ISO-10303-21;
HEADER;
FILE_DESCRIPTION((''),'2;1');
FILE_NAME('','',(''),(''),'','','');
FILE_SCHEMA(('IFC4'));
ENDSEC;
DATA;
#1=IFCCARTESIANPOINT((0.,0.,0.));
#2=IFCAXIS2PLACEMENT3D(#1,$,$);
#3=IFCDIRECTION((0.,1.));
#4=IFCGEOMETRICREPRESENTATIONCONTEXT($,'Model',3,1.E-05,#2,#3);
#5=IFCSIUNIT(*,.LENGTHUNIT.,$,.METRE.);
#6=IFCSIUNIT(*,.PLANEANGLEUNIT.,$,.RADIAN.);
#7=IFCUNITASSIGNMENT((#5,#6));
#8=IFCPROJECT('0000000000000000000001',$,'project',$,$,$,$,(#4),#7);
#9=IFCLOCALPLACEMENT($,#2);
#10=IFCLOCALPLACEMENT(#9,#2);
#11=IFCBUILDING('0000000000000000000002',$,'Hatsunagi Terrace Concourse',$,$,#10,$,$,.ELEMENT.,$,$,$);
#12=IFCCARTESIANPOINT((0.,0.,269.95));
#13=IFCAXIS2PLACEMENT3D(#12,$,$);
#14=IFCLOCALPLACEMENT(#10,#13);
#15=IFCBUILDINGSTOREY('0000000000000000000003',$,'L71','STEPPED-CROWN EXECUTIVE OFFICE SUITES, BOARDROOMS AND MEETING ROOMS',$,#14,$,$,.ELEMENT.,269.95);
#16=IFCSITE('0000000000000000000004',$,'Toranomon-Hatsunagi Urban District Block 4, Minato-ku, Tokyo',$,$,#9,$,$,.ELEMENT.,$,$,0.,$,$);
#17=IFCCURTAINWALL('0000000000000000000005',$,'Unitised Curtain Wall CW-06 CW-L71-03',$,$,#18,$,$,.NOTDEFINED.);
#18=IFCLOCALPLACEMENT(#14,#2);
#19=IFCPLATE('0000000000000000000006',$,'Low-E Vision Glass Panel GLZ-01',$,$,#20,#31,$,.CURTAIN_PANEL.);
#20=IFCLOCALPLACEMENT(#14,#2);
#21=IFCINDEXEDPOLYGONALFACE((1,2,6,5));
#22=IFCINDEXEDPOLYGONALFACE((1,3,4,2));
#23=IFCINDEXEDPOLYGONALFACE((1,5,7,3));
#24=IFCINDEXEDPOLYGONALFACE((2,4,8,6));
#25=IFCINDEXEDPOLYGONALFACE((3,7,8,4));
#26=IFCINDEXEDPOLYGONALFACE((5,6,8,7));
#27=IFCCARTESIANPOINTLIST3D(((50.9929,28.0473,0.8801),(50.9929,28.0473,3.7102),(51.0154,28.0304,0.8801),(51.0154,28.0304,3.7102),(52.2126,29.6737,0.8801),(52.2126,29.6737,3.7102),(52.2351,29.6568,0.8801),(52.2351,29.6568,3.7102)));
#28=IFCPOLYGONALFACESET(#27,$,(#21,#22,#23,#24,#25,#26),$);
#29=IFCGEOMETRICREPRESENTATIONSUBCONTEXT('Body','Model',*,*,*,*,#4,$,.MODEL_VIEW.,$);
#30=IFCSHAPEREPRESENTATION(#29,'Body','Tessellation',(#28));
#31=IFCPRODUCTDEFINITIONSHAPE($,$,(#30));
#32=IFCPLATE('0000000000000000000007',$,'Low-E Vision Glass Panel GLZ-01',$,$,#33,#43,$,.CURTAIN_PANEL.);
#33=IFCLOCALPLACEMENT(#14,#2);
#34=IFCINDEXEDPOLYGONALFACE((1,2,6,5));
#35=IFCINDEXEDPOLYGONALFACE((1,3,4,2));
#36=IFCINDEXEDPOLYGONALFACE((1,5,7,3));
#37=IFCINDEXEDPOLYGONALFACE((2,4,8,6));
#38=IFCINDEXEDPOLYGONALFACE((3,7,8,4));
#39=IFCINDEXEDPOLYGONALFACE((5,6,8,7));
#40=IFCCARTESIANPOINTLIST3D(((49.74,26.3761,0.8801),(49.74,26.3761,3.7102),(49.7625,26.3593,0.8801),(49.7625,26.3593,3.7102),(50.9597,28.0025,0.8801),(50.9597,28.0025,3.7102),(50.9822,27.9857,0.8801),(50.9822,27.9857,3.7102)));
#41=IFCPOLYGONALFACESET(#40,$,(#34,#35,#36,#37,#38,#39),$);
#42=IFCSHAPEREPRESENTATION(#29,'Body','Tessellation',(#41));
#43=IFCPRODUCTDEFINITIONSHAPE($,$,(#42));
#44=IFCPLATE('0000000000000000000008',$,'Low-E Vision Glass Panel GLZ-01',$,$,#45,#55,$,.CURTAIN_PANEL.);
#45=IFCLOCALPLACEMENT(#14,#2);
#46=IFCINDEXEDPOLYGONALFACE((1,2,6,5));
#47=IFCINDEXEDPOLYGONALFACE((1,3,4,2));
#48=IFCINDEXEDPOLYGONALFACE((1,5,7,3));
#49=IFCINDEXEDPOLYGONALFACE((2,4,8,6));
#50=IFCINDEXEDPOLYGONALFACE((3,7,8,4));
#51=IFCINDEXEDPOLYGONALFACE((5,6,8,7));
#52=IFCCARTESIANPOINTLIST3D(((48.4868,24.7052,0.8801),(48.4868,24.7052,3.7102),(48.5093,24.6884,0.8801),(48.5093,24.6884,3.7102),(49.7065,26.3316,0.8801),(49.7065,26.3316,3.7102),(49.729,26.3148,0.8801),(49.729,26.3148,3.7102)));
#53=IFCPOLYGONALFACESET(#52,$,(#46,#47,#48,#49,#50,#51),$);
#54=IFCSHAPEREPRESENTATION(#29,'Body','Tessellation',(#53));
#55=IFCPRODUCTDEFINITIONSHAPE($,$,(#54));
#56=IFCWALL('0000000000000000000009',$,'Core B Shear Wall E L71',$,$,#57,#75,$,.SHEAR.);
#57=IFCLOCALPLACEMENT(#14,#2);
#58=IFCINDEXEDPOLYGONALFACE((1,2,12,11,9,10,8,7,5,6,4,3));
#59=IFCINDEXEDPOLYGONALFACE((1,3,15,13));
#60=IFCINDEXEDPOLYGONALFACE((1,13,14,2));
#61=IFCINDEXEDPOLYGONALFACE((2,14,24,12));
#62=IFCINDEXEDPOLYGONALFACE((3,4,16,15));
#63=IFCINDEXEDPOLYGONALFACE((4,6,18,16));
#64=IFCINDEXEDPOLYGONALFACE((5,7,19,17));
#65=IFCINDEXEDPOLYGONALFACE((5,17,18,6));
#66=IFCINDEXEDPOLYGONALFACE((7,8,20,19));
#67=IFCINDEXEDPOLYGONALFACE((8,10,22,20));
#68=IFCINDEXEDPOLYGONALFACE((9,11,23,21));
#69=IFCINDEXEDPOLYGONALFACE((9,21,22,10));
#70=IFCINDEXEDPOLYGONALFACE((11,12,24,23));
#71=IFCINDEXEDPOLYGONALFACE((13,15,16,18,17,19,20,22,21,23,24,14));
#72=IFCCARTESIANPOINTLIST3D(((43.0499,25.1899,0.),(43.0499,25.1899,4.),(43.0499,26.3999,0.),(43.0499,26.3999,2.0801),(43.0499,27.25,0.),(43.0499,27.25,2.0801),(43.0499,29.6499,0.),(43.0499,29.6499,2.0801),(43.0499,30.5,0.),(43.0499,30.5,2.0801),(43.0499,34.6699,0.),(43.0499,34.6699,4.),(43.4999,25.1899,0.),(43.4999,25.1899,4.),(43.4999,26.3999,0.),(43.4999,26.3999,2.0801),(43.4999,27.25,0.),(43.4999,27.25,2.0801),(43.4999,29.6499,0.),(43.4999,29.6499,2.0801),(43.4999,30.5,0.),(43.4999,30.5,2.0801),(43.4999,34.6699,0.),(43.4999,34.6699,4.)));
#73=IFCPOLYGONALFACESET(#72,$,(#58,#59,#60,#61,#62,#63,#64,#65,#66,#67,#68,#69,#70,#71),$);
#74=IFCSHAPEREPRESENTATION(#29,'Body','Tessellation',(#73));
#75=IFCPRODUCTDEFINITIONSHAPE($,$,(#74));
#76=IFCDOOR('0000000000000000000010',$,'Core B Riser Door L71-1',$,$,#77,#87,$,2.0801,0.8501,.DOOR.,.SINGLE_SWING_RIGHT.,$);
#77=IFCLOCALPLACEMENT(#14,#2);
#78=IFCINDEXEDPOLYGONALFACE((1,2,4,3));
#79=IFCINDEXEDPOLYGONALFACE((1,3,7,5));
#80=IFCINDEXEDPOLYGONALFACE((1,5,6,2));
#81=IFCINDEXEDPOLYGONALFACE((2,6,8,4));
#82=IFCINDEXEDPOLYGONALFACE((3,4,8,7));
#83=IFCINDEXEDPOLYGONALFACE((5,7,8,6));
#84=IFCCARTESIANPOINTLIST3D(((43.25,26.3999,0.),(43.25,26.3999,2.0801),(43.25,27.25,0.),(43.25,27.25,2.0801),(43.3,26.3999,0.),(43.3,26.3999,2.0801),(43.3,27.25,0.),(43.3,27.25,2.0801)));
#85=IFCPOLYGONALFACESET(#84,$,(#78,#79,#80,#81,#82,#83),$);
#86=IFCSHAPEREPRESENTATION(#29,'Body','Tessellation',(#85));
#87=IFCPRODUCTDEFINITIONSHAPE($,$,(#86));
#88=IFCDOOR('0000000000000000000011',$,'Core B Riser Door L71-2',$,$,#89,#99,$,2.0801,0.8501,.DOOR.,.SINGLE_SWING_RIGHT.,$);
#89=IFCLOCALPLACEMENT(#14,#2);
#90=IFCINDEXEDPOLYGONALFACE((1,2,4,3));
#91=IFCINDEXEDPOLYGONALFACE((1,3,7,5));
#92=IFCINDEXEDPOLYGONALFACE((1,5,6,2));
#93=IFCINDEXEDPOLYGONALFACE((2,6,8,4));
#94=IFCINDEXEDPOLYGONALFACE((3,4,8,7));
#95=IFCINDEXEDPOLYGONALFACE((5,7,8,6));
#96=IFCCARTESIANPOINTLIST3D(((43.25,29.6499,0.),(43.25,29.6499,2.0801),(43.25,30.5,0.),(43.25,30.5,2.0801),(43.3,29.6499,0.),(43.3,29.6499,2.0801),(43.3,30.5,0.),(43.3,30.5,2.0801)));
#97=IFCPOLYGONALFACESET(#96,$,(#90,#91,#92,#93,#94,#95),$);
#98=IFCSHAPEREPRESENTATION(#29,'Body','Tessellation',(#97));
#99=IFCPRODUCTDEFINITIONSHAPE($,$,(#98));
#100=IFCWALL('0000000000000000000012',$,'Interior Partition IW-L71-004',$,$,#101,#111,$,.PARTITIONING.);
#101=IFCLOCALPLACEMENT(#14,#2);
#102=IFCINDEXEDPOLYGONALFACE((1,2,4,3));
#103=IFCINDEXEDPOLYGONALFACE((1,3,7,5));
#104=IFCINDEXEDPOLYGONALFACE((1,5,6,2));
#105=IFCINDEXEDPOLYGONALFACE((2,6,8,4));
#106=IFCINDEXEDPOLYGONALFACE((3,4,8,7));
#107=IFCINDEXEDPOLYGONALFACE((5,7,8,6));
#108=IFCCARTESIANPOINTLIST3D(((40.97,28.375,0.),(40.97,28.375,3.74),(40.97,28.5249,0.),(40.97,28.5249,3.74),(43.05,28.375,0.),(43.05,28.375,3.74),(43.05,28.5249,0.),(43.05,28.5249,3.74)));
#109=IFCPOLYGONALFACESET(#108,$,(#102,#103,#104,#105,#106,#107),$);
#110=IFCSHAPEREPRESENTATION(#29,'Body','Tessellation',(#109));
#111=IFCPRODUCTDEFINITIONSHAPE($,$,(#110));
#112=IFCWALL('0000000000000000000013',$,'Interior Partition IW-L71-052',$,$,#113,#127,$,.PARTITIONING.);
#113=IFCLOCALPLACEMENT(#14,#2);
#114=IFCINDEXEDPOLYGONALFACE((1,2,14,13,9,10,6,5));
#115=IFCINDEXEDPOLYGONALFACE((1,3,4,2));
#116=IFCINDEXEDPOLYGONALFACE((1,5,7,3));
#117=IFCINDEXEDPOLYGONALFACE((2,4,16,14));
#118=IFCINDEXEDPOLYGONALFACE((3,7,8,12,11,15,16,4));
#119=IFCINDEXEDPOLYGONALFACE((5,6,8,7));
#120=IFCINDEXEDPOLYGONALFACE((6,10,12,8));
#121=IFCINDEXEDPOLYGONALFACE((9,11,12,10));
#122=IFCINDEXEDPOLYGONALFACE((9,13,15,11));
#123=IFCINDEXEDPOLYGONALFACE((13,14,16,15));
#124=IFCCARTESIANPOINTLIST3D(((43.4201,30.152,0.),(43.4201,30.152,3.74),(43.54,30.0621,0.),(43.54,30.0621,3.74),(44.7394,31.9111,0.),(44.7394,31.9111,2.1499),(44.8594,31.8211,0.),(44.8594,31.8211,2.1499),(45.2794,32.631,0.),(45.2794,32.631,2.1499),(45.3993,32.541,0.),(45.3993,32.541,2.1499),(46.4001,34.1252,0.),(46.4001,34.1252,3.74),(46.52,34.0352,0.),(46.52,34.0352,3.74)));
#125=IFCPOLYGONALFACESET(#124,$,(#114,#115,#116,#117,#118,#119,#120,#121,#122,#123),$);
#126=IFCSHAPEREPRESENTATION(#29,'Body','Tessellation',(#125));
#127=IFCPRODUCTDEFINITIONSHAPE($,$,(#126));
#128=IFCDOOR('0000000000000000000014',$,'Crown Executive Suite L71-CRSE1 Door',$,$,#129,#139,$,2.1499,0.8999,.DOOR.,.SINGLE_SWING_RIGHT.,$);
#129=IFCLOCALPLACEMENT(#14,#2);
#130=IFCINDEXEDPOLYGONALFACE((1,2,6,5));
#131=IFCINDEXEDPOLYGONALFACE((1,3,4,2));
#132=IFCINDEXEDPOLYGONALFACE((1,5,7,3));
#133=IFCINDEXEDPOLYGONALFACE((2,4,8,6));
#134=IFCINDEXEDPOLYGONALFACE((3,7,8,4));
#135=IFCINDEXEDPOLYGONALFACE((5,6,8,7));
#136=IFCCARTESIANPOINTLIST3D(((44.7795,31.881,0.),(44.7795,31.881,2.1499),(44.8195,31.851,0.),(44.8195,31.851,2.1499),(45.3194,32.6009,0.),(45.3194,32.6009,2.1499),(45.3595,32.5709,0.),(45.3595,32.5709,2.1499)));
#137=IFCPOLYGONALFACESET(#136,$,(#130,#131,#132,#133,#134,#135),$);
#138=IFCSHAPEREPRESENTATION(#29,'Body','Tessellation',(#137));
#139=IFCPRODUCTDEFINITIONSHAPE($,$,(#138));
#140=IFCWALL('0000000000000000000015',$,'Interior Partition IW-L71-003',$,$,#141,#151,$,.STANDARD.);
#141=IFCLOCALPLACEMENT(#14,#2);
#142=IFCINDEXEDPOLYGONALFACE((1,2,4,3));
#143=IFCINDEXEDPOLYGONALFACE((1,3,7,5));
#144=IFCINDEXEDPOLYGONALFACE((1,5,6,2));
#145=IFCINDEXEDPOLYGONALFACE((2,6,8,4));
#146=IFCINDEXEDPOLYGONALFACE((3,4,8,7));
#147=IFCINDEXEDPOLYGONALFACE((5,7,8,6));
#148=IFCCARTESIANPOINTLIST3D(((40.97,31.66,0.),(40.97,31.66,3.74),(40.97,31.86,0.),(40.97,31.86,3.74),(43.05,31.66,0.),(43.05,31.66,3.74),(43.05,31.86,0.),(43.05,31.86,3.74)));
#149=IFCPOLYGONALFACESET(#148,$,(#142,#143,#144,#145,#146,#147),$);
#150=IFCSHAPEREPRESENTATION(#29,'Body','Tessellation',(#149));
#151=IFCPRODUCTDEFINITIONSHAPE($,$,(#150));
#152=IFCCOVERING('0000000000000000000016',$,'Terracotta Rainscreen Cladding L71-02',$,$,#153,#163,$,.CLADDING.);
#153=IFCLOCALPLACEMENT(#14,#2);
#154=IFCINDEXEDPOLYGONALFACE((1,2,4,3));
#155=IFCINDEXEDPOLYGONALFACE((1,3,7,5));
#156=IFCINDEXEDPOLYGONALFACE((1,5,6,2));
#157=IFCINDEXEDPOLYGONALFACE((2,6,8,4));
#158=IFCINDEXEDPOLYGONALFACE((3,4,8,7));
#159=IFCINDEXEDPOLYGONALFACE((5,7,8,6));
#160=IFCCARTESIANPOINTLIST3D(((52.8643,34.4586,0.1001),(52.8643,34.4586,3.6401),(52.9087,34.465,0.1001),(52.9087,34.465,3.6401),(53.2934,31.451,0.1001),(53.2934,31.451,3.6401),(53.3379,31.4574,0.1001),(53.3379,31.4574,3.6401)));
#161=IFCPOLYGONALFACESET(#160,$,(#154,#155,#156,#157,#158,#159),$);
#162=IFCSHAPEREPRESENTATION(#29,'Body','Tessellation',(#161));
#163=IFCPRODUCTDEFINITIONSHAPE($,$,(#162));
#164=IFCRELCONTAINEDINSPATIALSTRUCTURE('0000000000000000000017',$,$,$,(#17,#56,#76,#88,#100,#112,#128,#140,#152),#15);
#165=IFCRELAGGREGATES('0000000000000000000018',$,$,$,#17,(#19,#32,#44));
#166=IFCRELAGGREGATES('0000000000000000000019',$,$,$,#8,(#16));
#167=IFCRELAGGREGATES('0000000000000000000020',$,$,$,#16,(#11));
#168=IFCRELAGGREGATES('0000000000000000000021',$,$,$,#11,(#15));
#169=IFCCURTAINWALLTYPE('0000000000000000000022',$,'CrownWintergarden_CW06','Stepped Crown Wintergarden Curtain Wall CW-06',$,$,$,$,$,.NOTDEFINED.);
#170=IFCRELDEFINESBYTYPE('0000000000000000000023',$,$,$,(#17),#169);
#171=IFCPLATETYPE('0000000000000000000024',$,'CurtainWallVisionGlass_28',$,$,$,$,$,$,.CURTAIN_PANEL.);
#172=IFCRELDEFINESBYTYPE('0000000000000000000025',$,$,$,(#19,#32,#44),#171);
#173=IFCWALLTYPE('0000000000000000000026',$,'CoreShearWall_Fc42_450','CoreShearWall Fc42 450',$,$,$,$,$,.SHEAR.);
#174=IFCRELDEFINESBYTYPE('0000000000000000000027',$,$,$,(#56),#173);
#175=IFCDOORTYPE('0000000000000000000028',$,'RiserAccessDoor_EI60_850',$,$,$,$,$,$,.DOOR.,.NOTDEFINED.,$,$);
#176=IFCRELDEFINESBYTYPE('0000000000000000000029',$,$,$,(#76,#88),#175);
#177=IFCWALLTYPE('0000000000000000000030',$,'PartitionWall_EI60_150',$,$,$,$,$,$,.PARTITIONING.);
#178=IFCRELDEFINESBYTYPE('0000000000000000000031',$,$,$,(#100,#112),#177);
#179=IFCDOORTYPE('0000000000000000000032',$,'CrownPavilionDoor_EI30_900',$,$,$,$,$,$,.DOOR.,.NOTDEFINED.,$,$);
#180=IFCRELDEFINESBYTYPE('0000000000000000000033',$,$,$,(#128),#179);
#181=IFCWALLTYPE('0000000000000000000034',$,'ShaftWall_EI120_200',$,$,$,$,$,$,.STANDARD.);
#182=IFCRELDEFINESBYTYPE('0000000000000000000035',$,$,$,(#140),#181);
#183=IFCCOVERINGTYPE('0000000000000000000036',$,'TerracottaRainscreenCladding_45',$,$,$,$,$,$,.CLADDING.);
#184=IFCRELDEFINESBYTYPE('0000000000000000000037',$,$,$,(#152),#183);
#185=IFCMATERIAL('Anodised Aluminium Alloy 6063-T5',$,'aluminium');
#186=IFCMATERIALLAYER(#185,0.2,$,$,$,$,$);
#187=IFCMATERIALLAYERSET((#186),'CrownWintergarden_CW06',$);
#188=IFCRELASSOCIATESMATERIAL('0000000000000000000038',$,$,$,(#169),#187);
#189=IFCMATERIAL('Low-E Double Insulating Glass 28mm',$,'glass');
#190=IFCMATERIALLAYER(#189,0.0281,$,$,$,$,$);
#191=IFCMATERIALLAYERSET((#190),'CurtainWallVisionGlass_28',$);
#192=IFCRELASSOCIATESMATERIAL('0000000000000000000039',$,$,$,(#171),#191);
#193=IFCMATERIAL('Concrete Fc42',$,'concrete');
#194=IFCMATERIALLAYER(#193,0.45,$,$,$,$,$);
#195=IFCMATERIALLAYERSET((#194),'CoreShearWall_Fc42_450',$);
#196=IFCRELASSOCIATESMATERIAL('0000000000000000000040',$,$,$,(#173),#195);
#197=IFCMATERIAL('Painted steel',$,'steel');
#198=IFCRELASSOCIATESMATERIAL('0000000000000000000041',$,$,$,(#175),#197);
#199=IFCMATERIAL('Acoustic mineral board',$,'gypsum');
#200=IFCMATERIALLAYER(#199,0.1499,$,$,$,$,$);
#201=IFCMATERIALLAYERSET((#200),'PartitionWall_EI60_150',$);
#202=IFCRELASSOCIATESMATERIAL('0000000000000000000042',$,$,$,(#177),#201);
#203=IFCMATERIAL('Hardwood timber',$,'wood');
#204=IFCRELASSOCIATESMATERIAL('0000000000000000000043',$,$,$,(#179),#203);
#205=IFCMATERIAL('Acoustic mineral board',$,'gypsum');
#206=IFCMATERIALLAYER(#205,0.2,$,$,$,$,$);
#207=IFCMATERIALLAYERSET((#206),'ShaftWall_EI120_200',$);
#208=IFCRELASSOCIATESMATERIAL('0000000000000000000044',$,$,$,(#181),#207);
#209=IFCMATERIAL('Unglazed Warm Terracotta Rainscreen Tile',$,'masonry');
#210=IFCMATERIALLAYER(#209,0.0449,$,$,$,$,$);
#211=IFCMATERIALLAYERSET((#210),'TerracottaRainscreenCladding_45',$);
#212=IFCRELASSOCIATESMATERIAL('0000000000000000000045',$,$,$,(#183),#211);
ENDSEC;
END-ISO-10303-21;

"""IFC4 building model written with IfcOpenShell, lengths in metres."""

from ifc_helpers import new_model, si_unit, direction, frame, frame_2d, origin, origin_2d, place, context, subcontext, project, spatial, rectangle, extrude, material, layer, layer_set, type_object, element, fill, aggregate, save


model = new_model("IFC4")

# Units and contexts
model_context = context("Model", 3, precision=1e-05, world=origin(), true_north=direction((0.0, 1.0)))
body_context = subcontext(model_context, "Body", "Model", "MODEL_VIEW")
ifc_project = project(units=[si_unit("LENGTHUNIT", "METRE"), si_unit("PLANEANGLEUNIT", "RADIAN")], contexts=[model_context])

# Site, building, storey
site_placement = place(None, origin())
site = spatial("IfcSite", under=ifc_project, at=site_placement, Name="Toranomon-Hatsunagi Urban District Block 4, Minato-ku, Tokyo", CompositionType="ELEMENT", RefElevation=0.0)
building_placement = place(site_placement, origin())
building = spatial("IfcBuilding", under=site, at=building_placement, Name="Hatsunagi Terrace Concourse", CompositionType="ELEMENT")
storey_placement = place(building_placement, frame((0.0, 0.0, 269.95)))
storey = spatial("IfcBuildingStorey", under=building, at=storey_placement, Name="L71", Description="STEPPED-CROWN EXECUTIVE OFFICE SUITES, BOARDROOMS AND MEETING ROOMS", CompositionType="ELEMENT", Elevation=269.95)

# Curtain wall, plates
ifc_material_1 = material(Name="Anodised Aluminium Alloy 6063-T5", Category="aluminium")
ifc_layer_1 = layer(ifc_material_1, 0.2)
ifc_layer_set_1 = layer_set([ifc_layer_1], Name="CrownWintergarden_CW06")
curtain_wall_type = type_object("IfcCurtainWallType", Name="CrownWintergarden_CW06", Description="Stepped Crown Wintergarden Curtain Wall CW-06", PredefinedType="NOTDEFINED", material=ifc_layer_set_1)
curtain_wall_placement = place(storey_placement, origin())
curtain_wall = element("IfcCurtainWall", 1, at=curtain_wall_placement, inside=storey, type_object=curtain_wall_type, Name="Unitised Curtain Wall CW-06 CW-L71-03", PredefinedType="NOTDEFINED")
ifc_material_2 = material(Name="Low-E Double Insulating Glass 28mm", Category="glass")
ifc_layer_2 = layer(ifc_material_2, 0.0281)
ifc_layer_set_2 = layer_set([ifc_layer_2], Name="CurtainWallVisionGlass_28")
plate_type_1 = type_object("IfcPlateType", Name="CurtainWallVisionGlass_28", PredefinedType="CURTAIN_PANEL", material=ifc_layer_set_2)
plate_1_placement = place(storey_placement, frame((51.614, 28.8521, 0.8801), z_axis=(0.0, 0.0, 1.0), x_axis=(-0.599969, -0.800023, 0.0)))
plate_1 = element("IfcPlate", 2, at=plate_1_placement, type_object=plate_type_1, Name="Low-E Vision Glass Panel GLZ-01", PredefinedType="CURTAIN_PANEL", context=body_context, shape_type="SweptSolid", body=[
    extrude(rectangle(XDim=2.033, YDim=0.0281, at=origin_2d()), origin(), (0.0, 0.0, 1.0), 2.8301),
])
plate_2_placement = place(storey_placement, frame((50.3611, 27.1809, 0.8801), z_axis=(0.0, 0.0, 1.0), x_axis=(-0.599969, -0.800023, 0.0)))
plate_2 = element("IfcPlate", 3, at=plate_2_placement, type_object=plate_type_1, Name="Low-E Vision Glass Panel GLZ-01", PredefinedType="CURTAIN_PANEL", context=body_context, shape_type="SweptSolid", body=[
    extrude(rectangle(XDim=2.033, YDim=0.0281, at=origin_2d()), origin(), (0.0, 0.0, 1.0), 2.8301),
])
plate_3_placement = place(storey_placement, frame((49.1079, 25.51, 0.8801), z_axis=(0.0, 0.0, 1.0), x_axis=(-0.599969, -0.800023, 0.0)))
plate_3 = element("IfcPlate", 4, at=plate_3_placement, type_object=plate_type_1, Name="Low-E Vision Glass Panel GLZ-01", PredefinedType="CURTAIN_PANEL", context=body_context, shape_type="SweptSolid", body=[
    extrude(rectangle(XDim=2.033, YDim=0.0281, at=origin_2d()), origin(), (0.0, 0.0, 1.0), 2.8301),
])
aggregate(curtain_wall, [plate_1, plate_2, plate_3])

# Wall, openings, doors
ifc_material_3 = material(Name="Concrete Fc42", Category="concrete")
ifc_layer_3 = layer(ifc_material_3, 0.45)
ifc_layer_set_3 = layer_set([ifc_layer_3], Name="CoreShearWall_Fc42_450")
wall_type_1 = type_object("IfcWallType", Name="CoreShearWall_Fc42_450", Description="CoreShearWall Fc42 450", PredefinedType="SHEAR", material=ifc_layer_set_3)
wall_1_placement = place(storey_placement, frame((43.2749, 25.1899, 0.0), z_axis=(0.0, 0.0, 1.0), x_axis=(0.0, 1.0, 0.0)))
wall_1 = element("IfcWall", 5, at=wall_1_placement, inside=storey, type_object=wall_type_1, Name="Core B Shear Wall E L71", PredefinedType="SHEAR", context=body_context, shape_type="SweptSolid", body=[
    extrude(rectangle(XDim=9.48, YDim=0.45, at=frame_2d((4.74, 0.0))), origin(), (0.0, 0.0, 1.0), 4.0),
])
opening_1_placement = place(wall_1_placement, frame((1.21, 0.0, 0.0)))
opening_1 = element("IfcOpeningElement", 6, at=opening_1_placement, cuts=wall_1, PredefinedType="OPENING", context=body_context, shape_type="SweptSolid", body=[
    extrude(rectangle(XDim=0.8501, YDim=2.0801, at=frame_2d((0.425, 1.04))), frame((0.0, 0.2349, 0.0), z_axis=(0.0, -1.0, 0.0), x_axis=(1.0, 0.0, 0.0)), (0.0, 0.0, 1.0), 0.47),
])
opening_2_placement = place(wall_1_placement, frame((4.46, 0.0, 0.0)))
opening_2 = element("IfcOpeningElement", 7, at=opening_2_placement, cuts=wall_1, PredefinedType="OPENING", context=body_context, shape_type="SweptSolid", body=[
    extrude(rectangle(XDim=0.8501, YDim=2.0801, at=frame_2d((0.425, 1.04))), frame((0.0, 0.2349, 0.0), z_axis=(0.0, -1.0, 0.0), x_axis=(1.0, 0.0, 0.0)), (0.0, 0.0, 1.0), 0.47),
])
ifc_material_4 = material(Name="Painted steel", Category="steel")
door_type_1 = type_object("IfcDoorType", Name="RiserAccessDoor_EI60_850", OperationType="NOTDEFINED", PredefinedType="DOOR", material=ifc_material_4)
door_1_placement = place(opening_1_placement, origin())
door_1 = element("IfcDoor", 8, at=door_1_placement, inside=storey, type_object=door_type_1, Name="Core B Riser Door L71-1", OperationType="SINGLE_SWING_RIGHT", OverallHeight=2.0801, OverallWidth=0.8501, PredefinedType="DOOR", context=body_context, shape_type="SweptSolid", body=[
    extrude(rectangle(XDim=0.8501, YDim=2.0801, at=frame_2d((0.425, 1.04))), frame((0.0, 0.0249, 0.0), z_axis=(0.0, -1.0, 0.0), x_axis=(1.0, 0.0, 0.0)), (0.0, 0.0, 1.0), 0.05),
])
fill(opening_1, door_1)
door_2_placement = place(opening_2_placement, origin())
door_2 = element("IfcDoor", 9, at=door_2_placement, inside=storey, type_object=door_type_1, Name="Core B Riser Door L71-2", OperationType="SINGLE_SWING_RIGHT", OverallHeight=2.0801, OverallWidth=0.8501, PredefinedType="DOOR", context=body_context, shape_type="SweptSolid", body=[
    extrude(rectangle(XDim=0.8501, YDim=2.0801, at=frame_2d((0.425, 1.04))), frame((0.0, 0.0249, 0.0), z_axis=(0.0, -1.0, 0.0), x_axis=(1.0, 0.0, 0.0)), (0.0, 0.0, 1.0), 0.05),
])
fill(opening_2, door_2)

# Wall
ifc_material_5 = material(Name="Acoustic mineral board", Category="gypsum")
ifc_layer_4 = layer(ifc_material_5, 0.1499)
ifc_layer_set_4 = layer_set([ifc_layer_4], Name="PartitionWall_EI60_150")
wall_type_2 = type_object("IfcWallType", Name="PartitionWall_EI60_150", PredefinedType="PARTITIONING", material=ifc_layer_set_4)
wall_2_placement = place(storey_placement, frame((40.97, 28.45, 0.0), z_axis=(0.0, 0.0, 1.0), x_axis=(1.0, 0.0, 0.0)))
element("IfcWall", 10, at=wall_2_placement, inside=storey, type_object=wall_type_2, Name="Interior Partition IW-L71-004", PredefinedType="PARTITIONING", context=body_context, shape_type="SweptSolid", body=[
    extrude(rectangle(XDim=2.0801, YDim=0.1499, at=frame_2d((1.04, 0.0))), origin(), (0.0, 0.0, 1.0), 3.74),
])

# Wall, opening, door
wall_3_placement = place(storey_placement, frame((43.48, 30.1069, 0.0), z_axis=(0.0, 0.0, 1.0), x_axis=(0.600016, 0.799988, 0.0)))
wall_3 = element("IfcWall", 11, at=wall_3_placement, inside=storey, type_object=wall_type_2, Name="Interior Partition IW-L71-052", PredefinedType="PARTITIONING", context=body_context, shape_type="SweptSolid", body=[
    extrude(rectangle(XDim=4.9666, YDim=0.1499, at=frame_2d((2.4834, 0.0))), origin(), (0.0, 0.0, 1.0), 3.74),
])
opening_3_placement = place(wall_3_placement, frame((2.199, 0.0, 0.0)))
opening_3 = element("IfcOpeningElement", 12, at=opening_3_placement, cuts=wall_3, PredefinedType="OPENING", context=body_context, shape_type="SweptSolid", body=[
    extrude(rectangle(XDim=0.8999, YDim=2.1499, at=frame_2d((0.45, 1.075))), frame((0.0, 0.085, 0.0), z_axis=(0.0, -1.0, 0.0), x_axis=(1.0, 0.0, 0.0)), (0.0, 0.0, 1.0), 0.1699),
])
ifc_material_6 = material(Name="Hardwood timber", Category="wood")
door_type_2 = type_object("IfcDoorType", Name="CrownPavilionDoor_EI30_900", OperationType="NOTDEFINED", PredefinedType="DOOR", material=ifc_material_6)
door_3_placement = place(opening_3_placement, origin())
door_3 = element("IfcDoor", 13, at=door_3_placement, inside=storey, type_object=door_type_2, Name="Crown Executive Suite L71-CRSE1 Door", OperationType="SINGLE_SWING_RIGHT", OverallHeight=2.1499, OverallWidth=0.8999, PredefinedType="DOOR", context=body_context, shape_type="SweptSolid", body=[
    extrude(rectangle(XDim=0.8999, YDim=2.1499, at=frame_2d((0.45, 1.075))), frame((0.0, 0.0249, 0.0), z_axis=(0.0, -1.0, 0.0), x_axis=(1.0, 0.0, 0.0)), (0.0, 0.0, 1.0), 0.05),
])
fill(opening_3, door_3)

# Wall
ifc_material_7 = material(Name="Acoustic mineral board", Category="gypsum")
ifc_layer_5 = layer(ifc_material_7, 0.2)
ifc_layer_set_5 = layer_set([ifc_layer_5], Name="ShaftWall_EI120_200")
wall_type_3 = type_object("IfcWallType", Name="ShaftWall_EI120_200", PredefinedType="STANDARD", material=ifc_layer_set_5)
wall_4_placement = place(storey_placement, frame((40.97, 31.76, 0.0), z_axis=(0.0, 0.0, 1.0), x_axis=(1.0, 0.0, 0.0)))
element("IfcWall", 14, at=wall_4_placement, inside=storey, type_object=wall_type_3, Name="Interior Partition IW-L71-003", PredefinedType="STANDARD", context=body_context, shape_type="SweptSolid", body=[
    extrude(rectangle(XDim=2.0801, YDim=0.2, at=frame_2d((1.04, 0.0))), origin(), (0.0, 0.0, 1.0), 3.74),
])

# Covering
ifc_material_8 = material(Name="Unglazed Warm Terracotta Rainscreen Tile", Category="masonry")
ifc_layer_6 = layer(ifc_material_8, 0.0449)
ifc_layer_set_6 = layer_set([ifc_layer_6], Name="TerracottaRainscreenCladding_45")
covering_type = type_object("IfcCoveringType", Name="TerracottaRainscreenCladding_45", PredefinedType="CLADDING", material=ifc_layer_set_6)
covering_placement = place(storey_placement, frame((53.1011, 32.958, 0.1001), z_axis=(0.0, 0.0, 1.0), x_axis=(0.14125, -0.989974, 0.0)))
element("IfcCovering", 15, at=covering_placement, inside=storey, type_object=covering_type, Name="Terracotta Rainscreen Cladding L71-02", PredefinedType="CLADDING", context=body_context, shape_type="SweptSolid", body=[
    extrude(rectangle(XDim=3.0381, YDim=0.0449, at=origin_2d()), origin(), (0.0, 0.0, 1.0), 3.54),
])

save(model, "model.ifc")
